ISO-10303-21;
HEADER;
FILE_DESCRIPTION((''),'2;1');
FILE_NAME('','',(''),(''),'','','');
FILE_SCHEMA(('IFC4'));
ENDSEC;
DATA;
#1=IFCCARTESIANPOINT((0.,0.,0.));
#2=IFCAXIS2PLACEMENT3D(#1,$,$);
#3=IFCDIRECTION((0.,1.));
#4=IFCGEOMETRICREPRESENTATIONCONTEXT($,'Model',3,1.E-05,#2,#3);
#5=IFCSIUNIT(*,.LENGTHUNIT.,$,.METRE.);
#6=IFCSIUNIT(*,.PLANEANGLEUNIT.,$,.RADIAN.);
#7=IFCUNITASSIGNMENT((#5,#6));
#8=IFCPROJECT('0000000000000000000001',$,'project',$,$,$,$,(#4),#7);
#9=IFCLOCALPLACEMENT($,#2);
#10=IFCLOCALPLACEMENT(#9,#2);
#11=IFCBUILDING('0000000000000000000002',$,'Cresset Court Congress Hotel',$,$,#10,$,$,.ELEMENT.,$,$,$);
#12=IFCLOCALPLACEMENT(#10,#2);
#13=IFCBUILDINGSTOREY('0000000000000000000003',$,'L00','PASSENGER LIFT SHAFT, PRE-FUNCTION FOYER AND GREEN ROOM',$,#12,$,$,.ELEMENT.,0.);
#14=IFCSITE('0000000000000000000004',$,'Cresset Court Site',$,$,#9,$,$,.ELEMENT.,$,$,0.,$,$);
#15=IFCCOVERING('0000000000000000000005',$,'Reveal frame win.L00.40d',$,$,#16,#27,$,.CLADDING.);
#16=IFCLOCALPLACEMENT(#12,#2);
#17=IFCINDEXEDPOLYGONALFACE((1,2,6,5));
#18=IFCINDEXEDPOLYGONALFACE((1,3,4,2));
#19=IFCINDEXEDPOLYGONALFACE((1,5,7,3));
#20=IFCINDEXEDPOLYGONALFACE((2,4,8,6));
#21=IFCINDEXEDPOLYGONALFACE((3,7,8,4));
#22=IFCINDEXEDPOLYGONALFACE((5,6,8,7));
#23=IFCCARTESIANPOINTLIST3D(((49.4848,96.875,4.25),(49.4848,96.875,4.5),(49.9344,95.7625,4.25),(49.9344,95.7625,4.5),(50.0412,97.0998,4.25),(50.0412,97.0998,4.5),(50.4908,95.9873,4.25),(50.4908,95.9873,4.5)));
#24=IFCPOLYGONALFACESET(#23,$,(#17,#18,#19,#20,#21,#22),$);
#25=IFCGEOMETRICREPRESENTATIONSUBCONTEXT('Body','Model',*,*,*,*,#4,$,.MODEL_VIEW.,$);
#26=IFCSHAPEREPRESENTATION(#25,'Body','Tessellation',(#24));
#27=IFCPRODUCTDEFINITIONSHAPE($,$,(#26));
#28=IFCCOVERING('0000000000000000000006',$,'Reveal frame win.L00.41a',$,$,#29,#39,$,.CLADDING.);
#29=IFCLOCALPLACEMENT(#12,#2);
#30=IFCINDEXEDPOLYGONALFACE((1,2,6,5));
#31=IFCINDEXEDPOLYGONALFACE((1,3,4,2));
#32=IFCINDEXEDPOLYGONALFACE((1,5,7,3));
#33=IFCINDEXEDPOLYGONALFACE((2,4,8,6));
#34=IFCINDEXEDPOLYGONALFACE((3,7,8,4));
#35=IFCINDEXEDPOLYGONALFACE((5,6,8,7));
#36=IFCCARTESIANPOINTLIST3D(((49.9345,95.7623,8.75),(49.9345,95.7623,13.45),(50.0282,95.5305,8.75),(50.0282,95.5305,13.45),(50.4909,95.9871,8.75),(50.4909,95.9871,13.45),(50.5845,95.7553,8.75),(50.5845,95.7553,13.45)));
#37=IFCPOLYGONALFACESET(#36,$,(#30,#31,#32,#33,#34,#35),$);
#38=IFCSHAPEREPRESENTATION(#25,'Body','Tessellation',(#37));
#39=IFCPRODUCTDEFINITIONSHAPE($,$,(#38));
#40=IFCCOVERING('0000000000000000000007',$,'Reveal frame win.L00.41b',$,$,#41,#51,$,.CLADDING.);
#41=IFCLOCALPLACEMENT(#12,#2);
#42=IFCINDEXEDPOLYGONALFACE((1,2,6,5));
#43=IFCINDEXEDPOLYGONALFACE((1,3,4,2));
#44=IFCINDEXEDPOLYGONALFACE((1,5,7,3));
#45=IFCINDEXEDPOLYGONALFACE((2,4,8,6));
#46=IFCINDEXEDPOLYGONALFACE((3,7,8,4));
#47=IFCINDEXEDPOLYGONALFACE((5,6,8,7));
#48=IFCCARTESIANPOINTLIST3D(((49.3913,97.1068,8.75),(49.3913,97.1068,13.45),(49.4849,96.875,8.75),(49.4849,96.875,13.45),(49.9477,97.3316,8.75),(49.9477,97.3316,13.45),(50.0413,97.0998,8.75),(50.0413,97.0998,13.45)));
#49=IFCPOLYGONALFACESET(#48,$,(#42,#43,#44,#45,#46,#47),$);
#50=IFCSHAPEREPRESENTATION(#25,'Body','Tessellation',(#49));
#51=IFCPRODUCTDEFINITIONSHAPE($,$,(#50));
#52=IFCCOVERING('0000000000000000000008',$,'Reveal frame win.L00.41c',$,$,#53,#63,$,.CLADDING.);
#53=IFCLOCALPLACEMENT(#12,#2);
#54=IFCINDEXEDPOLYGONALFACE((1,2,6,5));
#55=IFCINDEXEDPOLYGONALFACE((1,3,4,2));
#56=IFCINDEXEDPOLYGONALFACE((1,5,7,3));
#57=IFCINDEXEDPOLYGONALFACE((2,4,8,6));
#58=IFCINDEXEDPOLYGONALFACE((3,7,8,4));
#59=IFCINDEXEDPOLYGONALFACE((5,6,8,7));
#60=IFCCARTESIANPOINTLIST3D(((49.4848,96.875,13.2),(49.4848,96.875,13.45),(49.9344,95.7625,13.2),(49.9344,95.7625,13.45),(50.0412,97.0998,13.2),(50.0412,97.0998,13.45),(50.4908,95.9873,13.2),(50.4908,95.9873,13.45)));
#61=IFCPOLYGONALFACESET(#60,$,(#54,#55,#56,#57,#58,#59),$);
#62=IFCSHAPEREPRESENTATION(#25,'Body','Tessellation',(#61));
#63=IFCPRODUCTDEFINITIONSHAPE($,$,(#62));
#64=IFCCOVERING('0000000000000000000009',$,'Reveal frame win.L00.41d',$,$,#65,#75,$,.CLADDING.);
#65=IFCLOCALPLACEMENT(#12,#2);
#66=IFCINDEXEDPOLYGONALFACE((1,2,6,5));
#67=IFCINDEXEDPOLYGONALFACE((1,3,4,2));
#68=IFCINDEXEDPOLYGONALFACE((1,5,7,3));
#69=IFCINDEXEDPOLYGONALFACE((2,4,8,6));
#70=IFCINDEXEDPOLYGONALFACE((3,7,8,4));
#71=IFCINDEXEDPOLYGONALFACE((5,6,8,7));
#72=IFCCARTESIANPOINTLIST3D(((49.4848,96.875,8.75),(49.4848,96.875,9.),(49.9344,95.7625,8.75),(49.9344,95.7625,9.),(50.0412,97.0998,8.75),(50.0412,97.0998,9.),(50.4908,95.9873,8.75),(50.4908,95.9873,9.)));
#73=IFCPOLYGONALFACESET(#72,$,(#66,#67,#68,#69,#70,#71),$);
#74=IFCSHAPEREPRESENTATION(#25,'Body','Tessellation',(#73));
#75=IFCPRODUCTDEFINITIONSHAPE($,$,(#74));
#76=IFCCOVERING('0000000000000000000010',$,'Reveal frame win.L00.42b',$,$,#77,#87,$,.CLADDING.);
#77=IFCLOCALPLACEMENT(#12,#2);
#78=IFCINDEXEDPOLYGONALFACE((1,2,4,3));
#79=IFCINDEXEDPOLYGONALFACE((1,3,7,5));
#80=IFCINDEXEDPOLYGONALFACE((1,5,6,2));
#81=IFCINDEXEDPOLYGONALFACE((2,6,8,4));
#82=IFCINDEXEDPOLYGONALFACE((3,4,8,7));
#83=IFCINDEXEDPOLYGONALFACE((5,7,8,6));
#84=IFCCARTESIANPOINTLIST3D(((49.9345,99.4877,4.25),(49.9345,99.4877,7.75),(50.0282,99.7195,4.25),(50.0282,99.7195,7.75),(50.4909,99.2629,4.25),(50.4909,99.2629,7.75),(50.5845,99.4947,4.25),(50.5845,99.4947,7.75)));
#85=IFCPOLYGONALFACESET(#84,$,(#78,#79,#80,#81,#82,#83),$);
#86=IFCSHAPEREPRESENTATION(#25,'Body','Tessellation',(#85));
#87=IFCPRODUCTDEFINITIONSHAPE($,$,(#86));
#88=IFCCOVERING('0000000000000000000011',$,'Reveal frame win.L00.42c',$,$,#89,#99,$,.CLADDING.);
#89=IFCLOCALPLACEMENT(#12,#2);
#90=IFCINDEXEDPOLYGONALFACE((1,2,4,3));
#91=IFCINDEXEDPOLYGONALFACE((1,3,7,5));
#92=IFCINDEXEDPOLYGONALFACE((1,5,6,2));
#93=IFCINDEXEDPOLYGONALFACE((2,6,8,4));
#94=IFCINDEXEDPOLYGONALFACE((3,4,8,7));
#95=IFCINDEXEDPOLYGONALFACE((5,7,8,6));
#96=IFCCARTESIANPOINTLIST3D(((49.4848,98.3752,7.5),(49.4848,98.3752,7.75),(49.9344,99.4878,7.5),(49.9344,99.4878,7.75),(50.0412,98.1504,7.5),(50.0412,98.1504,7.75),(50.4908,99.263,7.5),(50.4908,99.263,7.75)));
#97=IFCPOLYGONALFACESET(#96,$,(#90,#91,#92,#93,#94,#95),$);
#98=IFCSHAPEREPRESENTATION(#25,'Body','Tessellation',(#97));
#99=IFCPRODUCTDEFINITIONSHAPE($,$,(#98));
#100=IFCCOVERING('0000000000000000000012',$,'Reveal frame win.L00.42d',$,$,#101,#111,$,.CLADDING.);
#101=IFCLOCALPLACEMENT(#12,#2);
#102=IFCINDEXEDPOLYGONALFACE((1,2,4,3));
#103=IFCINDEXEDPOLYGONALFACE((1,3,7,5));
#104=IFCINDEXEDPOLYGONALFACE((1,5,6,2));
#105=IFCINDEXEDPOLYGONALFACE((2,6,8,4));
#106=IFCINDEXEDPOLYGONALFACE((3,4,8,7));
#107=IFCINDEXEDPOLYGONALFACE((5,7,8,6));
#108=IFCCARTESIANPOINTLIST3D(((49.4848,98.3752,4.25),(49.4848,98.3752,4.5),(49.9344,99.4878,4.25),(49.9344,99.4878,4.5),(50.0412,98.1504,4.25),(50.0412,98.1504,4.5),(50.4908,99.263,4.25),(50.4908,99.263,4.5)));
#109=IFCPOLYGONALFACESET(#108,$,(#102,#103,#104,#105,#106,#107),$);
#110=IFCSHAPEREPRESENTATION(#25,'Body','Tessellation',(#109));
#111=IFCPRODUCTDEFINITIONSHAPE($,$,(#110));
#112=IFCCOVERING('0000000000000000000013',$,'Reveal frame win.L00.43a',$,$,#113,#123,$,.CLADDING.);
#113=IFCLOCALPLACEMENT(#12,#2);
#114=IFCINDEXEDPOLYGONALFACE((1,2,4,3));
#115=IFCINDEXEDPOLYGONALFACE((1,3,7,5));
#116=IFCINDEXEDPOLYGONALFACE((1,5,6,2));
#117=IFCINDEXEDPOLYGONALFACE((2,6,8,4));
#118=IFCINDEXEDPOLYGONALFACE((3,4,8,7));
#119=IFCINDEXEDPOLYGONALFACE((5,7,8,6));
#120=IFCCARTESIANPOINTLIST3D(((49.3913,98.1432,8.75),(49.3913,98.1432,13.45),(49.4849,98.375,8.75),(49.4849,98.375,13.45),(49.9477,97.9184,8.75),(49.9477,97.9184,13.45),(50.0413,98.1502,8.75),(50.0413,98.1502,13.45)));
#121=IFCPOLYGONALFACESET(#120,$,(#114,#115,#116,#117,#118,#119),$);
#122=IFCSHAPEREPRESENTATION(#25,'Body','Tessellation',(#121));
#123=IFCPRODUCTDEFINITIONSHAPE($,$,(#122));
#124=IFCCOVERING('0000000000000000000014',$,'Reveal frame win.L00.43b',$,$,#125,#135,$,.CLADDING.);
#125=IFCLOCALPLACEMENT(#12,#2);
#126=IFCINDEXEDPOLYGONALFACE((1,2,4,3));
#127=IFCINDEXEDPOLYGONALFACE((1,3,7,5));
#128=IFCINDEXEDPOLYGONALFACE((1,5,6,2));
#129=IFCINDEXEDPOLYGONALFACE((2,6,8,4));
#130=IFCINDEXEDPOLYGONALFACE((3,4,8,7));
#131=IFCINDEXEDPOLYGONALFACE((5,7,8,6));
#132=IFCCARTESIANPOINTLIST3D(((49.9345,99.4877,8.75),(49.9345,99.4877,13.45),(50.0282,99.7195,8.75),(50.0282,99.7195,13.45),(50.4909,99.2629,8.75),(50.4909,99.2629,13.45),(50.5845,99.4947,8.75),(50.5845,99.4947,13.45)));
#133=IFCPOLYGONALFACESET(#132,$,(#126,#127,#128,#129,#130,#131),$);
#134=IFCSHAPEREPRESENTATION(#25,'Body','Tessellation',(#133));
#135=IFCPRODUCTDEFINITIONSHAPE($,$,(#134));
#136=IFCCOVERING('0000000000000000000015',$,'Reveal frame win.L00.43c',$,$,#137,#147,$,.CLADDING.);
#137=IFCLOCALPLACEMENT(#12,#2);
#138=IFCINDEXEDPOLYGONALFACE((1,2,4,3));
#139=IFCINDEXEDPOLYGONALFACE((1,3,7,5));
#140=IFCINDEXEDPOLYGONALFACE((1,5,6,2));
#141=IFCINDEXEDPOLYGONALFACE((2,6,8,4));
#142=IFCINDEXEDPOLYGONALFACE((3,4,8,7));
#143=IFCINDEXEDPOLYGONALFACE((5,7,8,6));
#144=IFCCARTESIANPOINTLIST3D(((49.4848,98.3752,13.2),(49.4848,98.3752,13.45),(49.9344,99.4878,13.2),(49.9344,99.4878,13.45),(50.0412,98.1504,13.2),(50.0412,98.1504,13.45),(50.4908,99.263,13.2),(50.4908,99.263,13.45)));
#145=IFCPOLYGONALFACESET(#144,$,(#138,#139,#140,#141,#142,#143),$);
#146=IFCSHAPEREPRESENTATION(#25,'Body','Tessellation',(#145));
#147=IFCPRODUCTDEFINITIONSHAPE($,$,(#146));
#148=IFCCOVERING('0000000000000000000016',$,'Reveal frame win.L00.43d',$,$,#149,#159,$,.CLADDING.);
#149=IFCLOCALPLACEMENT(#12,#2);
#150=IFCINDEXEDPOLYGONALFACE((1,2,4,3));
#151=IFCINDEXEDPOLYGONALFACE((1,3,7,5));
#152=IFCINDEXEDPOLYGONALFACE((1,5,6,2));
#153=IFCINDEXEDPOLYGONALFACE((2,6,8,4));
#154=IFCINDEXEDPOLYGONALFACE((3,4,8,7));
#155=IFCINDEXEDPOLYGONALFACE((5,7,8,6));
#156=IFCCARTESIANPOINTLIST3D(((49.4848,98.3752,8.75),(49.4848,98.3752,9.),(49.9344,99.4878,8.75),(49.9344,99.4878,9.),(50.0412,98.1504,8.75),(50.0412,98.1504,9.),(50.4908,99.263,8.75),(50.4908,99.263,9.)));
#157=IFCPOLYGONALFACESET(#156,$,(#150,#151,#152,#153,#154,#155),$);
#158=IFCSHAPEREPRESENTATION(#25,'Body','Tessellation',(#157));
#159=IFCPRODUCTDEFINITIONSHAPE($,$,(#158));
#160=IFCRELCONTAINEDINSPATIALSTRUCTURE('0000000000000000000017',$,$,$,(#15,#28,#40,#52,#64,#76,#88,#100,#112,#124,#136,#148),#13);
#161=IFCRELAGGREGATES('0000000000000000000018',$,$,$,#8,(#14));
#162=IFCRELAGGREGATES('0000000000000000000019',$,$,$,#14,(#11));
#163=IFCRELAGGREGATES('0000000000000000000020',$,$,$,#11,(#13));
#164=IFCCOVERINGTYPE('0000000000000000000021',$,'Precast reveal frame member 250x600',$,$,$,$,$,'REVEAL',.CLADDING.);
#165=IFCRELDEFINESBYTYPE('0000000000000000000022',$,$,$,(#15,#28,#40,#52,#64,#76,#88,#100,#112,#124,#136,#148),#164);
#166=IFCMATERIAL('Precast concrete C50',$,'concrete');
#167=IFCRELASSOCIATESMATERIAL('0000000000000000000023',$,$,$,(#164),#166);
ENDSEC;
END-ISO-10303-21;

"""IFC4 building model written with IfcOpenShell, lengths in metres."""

from ifc_helpers import new_model, si_unit, direction, frame, origin, origin_2d, place, context, subcontext, project, spatial, rectangle, extrude, material, type_object, element, save


model = new_model("IFC4")

# Units and contexts
model_context = context("Model", 3, precision=1e-05, world=origin(), true_north=direction((0.0, 1.0)))
body_context = subcontext(model_context, "Body", "Model", "MODEL_VIEW")
ifc_project = project(units=[si_unit("LENGTHUNIT", "METRE"), si_unit("PLANEANGLEUNIT", "RADIAN")], contexts=[model_context])

# Site, building, storey
site_placement = place(None, origin())
site = spatial("IfcSite", under=ifc_project, at=site_placement, Name="Cresset Court Site", CompositionType="ELEMENT", RefElevation=0.0)
building_placement = place(site_placement, origin())
building = spatial("IfcBuilding", under=site, at=building_placement, Name="Cresset Court Congress Hotel", CompositionType="ELEMENT")
storey_placement = place(building_placement, origin())
storey = spatial("IfcBuildingStorey", under=building, at=storey_placement, Name="L00", Description="PASSENGER LIFT SHAFT, PRE-FUNCTION FOYER AND GREEN ROOM", CompositionType="ELEMENT", Elevation=0.0)

# Coverings
ifc_material_1 = material(Name="Precast concrete C50", Category="concrete")
covering_type = type_object("IfcCoveringType", Name="Precast reveal frame member 250x600", ElementType="REVEAL", PredefinedType="CLADDING", material=ifc_material_1)
for number, where, z_axis, x_axis, name in (
    (1, (49.9878, 96.4312, 4.25), (0.0, 0.0, 1.0), (-0.374623, 0.927177, 0.0), "Reveal frame win.L00.40d"),
):
    element("IfcCovering", number, at=place(storey_placement, frame(where, z_axis=z_axis, x_axis=x_axis)), inside=storey, type_object=covering_type, Name=name, PredefinedType="CLADDING", context=body_context, shape_type="SweptSolid", body=[
        extrude(rectangle(XDim=1.2, YDim=0.6001, at=origin_2d()), origin(), (0.0, 0.0, 1.0), 0.25),
    ])
for number, where, z_axis, x_axis, name in (
    (2, (50.2595, 95.7588, 8.75), (0.0, 0.0, 1.0), (-0.374623, 0.927177, 0.0), "Reveal frame win.L00.41a"),
    (3, (49.7163, 97.1033, 8.75), (0.0, 0.0, 1.0), (-0.374623, 0.927177, 0.0), "Reveal frame win.L00.41b"),
):
    element("IfcCovering", number, at=place(storey_placement, frame(where, z_axis=z_axis, x_axis=x_axis)), inside=storey, type_object=covering_type, Name=name, PredefinedType="CLADDING", context=body_context, shape_type="SweptSolid", body=[
        extrude(rectangle(XDim=0.25, YDim=0.6001, at=origin_2d()), origin(), (0.0, 0.0, 1.0), 4.7),
    ])
for number, where, z_axis, x_axis, name in (
    (4, (49.9878, 96.4312, 13.2), (0.0, 0.0, 1.0), (-0.374623, 0.927177, 0.0), "Reveal frame win.L00.41c"),
    (5, (49.9878, 96.4312, 8.75), (0.0, 0.0, 1.0), (-0.374623, 0.927177, 0.0), "Reveal frame win.L00.41d"),
):
    element("IfcCovering", number, at=place(storey_placement, frame(where, z_axis=z_axis, x_axis=x_axis)), inside=storey, type_object=covering_type, Name=name, PredefinedType="CLADDING", context=body_context, shape_type="SweptSolid", body=[
        extrude(rectangle(XDim=1.2, YDim=0.6001, at=origin_2d()), origin(), (0.0, 0.0, 1.0), 0.25),
    ])
covering_1_placement = place(storey_placement, frame((50.2595, 99.4912, 4.25), z_axis=(0.0, 0.0, 1.0), x_axis=(0.374623, 0.927177, 0.0)))
element("IfcCovering", 6, at=covering_1_placement, inside=storey, type_object=covering_type, Name="Reveal frame win.L00.42b", PredefinedType="CLADDING", context=body_context, shape_type="SweptSolid", body=[
    extrude(rectangle(XDim=0.25, YDim=0.6001, at=origin_2d()), origin(), (0.0, 0.0, 1.0), 3.5),
])
for number, where, z_axis, x_axis, name in (
    (7, (49.9878, 98.8191, 7.5), (0.0, 0.0, 1.0), (0.374623, 0.927177, 0.0), "Reveal frame win.L00.42c"),
    (8, (49.9878, 98.8191, 4.25), (0.0, 0.0, 1.0), (0.374623, 0.927177, 0.0), "Reveal frame win.L00.42d"),
):
    element("IfcCovering", number, at=place(storey_placement, frame(where, z_axis=z_axis, x_axis=x_axis)), inside=storey, type_object=covering_type, Name=name, PredefinedType="CLADDING", context=body_context, shape_type="SweptSolid", body=[
        extrude(rectangle(XDim=1.2, YDim=0.6001, at=origin_2d()), origin(), (0.0, 0.0, 1.0), 0.25),
    ])
for number, where, z_axis, x_axis, name in (
    (9, (49.7163, 98.1467, 8.75), (0.0, 0.0, 1.0), (0.374623, 0.927177, 0.0), "Reveal frame win.L00.43a"),
    (10, (50.2595, 99.4912, 8.75), (0.0, 0.0, 1.0), (0.374623, 0.927177, 0.0), "Reveal frame win.L00.43b"),
):
    element("IfcCovering", number, at=place(storey_placement, frame(where, z_axis=z_axis, x_axis=x_axis)), inside=storey, type_object=covering_type, Name=name, PredefinedType="CLADDING", context=body_context, shape_type="SweptSolid", body=[
        extrude(rectangle(XDim=0.25, YDim=0.6001, at=origin_2d()), origin(), (0.0, 0.0, 1.0), 4.7),
    ])
for number, where, z_axis, x_axis, name in (
    (11, (49.9878, 98.8191, 13.2), (0.0, 0.0, 1.0), (0.374623, 0.927177, 0.0), "Reveal frame win.L00.43c"),
    (12, (49.9878, 98.8191, 8.75), (0.0, 0.0, 1.0), (0.374623, 0.927177, 0.0), "Reveal frame win.L00.43d"),
):
    element("IfcCovering", number, at=place(storey_placement, frame(where, z_axis=z_axis, x_axis=x_axis)), inside=storey, type_object=covering_type, Name=name, PredefinedType="CLADDING", context=body_context, shape_type="SweptSolid", body=[
        extrude(rectangle(XDim=1.2, YDim=0.6001, at=origin_2d()), origin(), (0.0, 0.0, 1.0), 0.25),
    ])

save(model, "model.ifc")
